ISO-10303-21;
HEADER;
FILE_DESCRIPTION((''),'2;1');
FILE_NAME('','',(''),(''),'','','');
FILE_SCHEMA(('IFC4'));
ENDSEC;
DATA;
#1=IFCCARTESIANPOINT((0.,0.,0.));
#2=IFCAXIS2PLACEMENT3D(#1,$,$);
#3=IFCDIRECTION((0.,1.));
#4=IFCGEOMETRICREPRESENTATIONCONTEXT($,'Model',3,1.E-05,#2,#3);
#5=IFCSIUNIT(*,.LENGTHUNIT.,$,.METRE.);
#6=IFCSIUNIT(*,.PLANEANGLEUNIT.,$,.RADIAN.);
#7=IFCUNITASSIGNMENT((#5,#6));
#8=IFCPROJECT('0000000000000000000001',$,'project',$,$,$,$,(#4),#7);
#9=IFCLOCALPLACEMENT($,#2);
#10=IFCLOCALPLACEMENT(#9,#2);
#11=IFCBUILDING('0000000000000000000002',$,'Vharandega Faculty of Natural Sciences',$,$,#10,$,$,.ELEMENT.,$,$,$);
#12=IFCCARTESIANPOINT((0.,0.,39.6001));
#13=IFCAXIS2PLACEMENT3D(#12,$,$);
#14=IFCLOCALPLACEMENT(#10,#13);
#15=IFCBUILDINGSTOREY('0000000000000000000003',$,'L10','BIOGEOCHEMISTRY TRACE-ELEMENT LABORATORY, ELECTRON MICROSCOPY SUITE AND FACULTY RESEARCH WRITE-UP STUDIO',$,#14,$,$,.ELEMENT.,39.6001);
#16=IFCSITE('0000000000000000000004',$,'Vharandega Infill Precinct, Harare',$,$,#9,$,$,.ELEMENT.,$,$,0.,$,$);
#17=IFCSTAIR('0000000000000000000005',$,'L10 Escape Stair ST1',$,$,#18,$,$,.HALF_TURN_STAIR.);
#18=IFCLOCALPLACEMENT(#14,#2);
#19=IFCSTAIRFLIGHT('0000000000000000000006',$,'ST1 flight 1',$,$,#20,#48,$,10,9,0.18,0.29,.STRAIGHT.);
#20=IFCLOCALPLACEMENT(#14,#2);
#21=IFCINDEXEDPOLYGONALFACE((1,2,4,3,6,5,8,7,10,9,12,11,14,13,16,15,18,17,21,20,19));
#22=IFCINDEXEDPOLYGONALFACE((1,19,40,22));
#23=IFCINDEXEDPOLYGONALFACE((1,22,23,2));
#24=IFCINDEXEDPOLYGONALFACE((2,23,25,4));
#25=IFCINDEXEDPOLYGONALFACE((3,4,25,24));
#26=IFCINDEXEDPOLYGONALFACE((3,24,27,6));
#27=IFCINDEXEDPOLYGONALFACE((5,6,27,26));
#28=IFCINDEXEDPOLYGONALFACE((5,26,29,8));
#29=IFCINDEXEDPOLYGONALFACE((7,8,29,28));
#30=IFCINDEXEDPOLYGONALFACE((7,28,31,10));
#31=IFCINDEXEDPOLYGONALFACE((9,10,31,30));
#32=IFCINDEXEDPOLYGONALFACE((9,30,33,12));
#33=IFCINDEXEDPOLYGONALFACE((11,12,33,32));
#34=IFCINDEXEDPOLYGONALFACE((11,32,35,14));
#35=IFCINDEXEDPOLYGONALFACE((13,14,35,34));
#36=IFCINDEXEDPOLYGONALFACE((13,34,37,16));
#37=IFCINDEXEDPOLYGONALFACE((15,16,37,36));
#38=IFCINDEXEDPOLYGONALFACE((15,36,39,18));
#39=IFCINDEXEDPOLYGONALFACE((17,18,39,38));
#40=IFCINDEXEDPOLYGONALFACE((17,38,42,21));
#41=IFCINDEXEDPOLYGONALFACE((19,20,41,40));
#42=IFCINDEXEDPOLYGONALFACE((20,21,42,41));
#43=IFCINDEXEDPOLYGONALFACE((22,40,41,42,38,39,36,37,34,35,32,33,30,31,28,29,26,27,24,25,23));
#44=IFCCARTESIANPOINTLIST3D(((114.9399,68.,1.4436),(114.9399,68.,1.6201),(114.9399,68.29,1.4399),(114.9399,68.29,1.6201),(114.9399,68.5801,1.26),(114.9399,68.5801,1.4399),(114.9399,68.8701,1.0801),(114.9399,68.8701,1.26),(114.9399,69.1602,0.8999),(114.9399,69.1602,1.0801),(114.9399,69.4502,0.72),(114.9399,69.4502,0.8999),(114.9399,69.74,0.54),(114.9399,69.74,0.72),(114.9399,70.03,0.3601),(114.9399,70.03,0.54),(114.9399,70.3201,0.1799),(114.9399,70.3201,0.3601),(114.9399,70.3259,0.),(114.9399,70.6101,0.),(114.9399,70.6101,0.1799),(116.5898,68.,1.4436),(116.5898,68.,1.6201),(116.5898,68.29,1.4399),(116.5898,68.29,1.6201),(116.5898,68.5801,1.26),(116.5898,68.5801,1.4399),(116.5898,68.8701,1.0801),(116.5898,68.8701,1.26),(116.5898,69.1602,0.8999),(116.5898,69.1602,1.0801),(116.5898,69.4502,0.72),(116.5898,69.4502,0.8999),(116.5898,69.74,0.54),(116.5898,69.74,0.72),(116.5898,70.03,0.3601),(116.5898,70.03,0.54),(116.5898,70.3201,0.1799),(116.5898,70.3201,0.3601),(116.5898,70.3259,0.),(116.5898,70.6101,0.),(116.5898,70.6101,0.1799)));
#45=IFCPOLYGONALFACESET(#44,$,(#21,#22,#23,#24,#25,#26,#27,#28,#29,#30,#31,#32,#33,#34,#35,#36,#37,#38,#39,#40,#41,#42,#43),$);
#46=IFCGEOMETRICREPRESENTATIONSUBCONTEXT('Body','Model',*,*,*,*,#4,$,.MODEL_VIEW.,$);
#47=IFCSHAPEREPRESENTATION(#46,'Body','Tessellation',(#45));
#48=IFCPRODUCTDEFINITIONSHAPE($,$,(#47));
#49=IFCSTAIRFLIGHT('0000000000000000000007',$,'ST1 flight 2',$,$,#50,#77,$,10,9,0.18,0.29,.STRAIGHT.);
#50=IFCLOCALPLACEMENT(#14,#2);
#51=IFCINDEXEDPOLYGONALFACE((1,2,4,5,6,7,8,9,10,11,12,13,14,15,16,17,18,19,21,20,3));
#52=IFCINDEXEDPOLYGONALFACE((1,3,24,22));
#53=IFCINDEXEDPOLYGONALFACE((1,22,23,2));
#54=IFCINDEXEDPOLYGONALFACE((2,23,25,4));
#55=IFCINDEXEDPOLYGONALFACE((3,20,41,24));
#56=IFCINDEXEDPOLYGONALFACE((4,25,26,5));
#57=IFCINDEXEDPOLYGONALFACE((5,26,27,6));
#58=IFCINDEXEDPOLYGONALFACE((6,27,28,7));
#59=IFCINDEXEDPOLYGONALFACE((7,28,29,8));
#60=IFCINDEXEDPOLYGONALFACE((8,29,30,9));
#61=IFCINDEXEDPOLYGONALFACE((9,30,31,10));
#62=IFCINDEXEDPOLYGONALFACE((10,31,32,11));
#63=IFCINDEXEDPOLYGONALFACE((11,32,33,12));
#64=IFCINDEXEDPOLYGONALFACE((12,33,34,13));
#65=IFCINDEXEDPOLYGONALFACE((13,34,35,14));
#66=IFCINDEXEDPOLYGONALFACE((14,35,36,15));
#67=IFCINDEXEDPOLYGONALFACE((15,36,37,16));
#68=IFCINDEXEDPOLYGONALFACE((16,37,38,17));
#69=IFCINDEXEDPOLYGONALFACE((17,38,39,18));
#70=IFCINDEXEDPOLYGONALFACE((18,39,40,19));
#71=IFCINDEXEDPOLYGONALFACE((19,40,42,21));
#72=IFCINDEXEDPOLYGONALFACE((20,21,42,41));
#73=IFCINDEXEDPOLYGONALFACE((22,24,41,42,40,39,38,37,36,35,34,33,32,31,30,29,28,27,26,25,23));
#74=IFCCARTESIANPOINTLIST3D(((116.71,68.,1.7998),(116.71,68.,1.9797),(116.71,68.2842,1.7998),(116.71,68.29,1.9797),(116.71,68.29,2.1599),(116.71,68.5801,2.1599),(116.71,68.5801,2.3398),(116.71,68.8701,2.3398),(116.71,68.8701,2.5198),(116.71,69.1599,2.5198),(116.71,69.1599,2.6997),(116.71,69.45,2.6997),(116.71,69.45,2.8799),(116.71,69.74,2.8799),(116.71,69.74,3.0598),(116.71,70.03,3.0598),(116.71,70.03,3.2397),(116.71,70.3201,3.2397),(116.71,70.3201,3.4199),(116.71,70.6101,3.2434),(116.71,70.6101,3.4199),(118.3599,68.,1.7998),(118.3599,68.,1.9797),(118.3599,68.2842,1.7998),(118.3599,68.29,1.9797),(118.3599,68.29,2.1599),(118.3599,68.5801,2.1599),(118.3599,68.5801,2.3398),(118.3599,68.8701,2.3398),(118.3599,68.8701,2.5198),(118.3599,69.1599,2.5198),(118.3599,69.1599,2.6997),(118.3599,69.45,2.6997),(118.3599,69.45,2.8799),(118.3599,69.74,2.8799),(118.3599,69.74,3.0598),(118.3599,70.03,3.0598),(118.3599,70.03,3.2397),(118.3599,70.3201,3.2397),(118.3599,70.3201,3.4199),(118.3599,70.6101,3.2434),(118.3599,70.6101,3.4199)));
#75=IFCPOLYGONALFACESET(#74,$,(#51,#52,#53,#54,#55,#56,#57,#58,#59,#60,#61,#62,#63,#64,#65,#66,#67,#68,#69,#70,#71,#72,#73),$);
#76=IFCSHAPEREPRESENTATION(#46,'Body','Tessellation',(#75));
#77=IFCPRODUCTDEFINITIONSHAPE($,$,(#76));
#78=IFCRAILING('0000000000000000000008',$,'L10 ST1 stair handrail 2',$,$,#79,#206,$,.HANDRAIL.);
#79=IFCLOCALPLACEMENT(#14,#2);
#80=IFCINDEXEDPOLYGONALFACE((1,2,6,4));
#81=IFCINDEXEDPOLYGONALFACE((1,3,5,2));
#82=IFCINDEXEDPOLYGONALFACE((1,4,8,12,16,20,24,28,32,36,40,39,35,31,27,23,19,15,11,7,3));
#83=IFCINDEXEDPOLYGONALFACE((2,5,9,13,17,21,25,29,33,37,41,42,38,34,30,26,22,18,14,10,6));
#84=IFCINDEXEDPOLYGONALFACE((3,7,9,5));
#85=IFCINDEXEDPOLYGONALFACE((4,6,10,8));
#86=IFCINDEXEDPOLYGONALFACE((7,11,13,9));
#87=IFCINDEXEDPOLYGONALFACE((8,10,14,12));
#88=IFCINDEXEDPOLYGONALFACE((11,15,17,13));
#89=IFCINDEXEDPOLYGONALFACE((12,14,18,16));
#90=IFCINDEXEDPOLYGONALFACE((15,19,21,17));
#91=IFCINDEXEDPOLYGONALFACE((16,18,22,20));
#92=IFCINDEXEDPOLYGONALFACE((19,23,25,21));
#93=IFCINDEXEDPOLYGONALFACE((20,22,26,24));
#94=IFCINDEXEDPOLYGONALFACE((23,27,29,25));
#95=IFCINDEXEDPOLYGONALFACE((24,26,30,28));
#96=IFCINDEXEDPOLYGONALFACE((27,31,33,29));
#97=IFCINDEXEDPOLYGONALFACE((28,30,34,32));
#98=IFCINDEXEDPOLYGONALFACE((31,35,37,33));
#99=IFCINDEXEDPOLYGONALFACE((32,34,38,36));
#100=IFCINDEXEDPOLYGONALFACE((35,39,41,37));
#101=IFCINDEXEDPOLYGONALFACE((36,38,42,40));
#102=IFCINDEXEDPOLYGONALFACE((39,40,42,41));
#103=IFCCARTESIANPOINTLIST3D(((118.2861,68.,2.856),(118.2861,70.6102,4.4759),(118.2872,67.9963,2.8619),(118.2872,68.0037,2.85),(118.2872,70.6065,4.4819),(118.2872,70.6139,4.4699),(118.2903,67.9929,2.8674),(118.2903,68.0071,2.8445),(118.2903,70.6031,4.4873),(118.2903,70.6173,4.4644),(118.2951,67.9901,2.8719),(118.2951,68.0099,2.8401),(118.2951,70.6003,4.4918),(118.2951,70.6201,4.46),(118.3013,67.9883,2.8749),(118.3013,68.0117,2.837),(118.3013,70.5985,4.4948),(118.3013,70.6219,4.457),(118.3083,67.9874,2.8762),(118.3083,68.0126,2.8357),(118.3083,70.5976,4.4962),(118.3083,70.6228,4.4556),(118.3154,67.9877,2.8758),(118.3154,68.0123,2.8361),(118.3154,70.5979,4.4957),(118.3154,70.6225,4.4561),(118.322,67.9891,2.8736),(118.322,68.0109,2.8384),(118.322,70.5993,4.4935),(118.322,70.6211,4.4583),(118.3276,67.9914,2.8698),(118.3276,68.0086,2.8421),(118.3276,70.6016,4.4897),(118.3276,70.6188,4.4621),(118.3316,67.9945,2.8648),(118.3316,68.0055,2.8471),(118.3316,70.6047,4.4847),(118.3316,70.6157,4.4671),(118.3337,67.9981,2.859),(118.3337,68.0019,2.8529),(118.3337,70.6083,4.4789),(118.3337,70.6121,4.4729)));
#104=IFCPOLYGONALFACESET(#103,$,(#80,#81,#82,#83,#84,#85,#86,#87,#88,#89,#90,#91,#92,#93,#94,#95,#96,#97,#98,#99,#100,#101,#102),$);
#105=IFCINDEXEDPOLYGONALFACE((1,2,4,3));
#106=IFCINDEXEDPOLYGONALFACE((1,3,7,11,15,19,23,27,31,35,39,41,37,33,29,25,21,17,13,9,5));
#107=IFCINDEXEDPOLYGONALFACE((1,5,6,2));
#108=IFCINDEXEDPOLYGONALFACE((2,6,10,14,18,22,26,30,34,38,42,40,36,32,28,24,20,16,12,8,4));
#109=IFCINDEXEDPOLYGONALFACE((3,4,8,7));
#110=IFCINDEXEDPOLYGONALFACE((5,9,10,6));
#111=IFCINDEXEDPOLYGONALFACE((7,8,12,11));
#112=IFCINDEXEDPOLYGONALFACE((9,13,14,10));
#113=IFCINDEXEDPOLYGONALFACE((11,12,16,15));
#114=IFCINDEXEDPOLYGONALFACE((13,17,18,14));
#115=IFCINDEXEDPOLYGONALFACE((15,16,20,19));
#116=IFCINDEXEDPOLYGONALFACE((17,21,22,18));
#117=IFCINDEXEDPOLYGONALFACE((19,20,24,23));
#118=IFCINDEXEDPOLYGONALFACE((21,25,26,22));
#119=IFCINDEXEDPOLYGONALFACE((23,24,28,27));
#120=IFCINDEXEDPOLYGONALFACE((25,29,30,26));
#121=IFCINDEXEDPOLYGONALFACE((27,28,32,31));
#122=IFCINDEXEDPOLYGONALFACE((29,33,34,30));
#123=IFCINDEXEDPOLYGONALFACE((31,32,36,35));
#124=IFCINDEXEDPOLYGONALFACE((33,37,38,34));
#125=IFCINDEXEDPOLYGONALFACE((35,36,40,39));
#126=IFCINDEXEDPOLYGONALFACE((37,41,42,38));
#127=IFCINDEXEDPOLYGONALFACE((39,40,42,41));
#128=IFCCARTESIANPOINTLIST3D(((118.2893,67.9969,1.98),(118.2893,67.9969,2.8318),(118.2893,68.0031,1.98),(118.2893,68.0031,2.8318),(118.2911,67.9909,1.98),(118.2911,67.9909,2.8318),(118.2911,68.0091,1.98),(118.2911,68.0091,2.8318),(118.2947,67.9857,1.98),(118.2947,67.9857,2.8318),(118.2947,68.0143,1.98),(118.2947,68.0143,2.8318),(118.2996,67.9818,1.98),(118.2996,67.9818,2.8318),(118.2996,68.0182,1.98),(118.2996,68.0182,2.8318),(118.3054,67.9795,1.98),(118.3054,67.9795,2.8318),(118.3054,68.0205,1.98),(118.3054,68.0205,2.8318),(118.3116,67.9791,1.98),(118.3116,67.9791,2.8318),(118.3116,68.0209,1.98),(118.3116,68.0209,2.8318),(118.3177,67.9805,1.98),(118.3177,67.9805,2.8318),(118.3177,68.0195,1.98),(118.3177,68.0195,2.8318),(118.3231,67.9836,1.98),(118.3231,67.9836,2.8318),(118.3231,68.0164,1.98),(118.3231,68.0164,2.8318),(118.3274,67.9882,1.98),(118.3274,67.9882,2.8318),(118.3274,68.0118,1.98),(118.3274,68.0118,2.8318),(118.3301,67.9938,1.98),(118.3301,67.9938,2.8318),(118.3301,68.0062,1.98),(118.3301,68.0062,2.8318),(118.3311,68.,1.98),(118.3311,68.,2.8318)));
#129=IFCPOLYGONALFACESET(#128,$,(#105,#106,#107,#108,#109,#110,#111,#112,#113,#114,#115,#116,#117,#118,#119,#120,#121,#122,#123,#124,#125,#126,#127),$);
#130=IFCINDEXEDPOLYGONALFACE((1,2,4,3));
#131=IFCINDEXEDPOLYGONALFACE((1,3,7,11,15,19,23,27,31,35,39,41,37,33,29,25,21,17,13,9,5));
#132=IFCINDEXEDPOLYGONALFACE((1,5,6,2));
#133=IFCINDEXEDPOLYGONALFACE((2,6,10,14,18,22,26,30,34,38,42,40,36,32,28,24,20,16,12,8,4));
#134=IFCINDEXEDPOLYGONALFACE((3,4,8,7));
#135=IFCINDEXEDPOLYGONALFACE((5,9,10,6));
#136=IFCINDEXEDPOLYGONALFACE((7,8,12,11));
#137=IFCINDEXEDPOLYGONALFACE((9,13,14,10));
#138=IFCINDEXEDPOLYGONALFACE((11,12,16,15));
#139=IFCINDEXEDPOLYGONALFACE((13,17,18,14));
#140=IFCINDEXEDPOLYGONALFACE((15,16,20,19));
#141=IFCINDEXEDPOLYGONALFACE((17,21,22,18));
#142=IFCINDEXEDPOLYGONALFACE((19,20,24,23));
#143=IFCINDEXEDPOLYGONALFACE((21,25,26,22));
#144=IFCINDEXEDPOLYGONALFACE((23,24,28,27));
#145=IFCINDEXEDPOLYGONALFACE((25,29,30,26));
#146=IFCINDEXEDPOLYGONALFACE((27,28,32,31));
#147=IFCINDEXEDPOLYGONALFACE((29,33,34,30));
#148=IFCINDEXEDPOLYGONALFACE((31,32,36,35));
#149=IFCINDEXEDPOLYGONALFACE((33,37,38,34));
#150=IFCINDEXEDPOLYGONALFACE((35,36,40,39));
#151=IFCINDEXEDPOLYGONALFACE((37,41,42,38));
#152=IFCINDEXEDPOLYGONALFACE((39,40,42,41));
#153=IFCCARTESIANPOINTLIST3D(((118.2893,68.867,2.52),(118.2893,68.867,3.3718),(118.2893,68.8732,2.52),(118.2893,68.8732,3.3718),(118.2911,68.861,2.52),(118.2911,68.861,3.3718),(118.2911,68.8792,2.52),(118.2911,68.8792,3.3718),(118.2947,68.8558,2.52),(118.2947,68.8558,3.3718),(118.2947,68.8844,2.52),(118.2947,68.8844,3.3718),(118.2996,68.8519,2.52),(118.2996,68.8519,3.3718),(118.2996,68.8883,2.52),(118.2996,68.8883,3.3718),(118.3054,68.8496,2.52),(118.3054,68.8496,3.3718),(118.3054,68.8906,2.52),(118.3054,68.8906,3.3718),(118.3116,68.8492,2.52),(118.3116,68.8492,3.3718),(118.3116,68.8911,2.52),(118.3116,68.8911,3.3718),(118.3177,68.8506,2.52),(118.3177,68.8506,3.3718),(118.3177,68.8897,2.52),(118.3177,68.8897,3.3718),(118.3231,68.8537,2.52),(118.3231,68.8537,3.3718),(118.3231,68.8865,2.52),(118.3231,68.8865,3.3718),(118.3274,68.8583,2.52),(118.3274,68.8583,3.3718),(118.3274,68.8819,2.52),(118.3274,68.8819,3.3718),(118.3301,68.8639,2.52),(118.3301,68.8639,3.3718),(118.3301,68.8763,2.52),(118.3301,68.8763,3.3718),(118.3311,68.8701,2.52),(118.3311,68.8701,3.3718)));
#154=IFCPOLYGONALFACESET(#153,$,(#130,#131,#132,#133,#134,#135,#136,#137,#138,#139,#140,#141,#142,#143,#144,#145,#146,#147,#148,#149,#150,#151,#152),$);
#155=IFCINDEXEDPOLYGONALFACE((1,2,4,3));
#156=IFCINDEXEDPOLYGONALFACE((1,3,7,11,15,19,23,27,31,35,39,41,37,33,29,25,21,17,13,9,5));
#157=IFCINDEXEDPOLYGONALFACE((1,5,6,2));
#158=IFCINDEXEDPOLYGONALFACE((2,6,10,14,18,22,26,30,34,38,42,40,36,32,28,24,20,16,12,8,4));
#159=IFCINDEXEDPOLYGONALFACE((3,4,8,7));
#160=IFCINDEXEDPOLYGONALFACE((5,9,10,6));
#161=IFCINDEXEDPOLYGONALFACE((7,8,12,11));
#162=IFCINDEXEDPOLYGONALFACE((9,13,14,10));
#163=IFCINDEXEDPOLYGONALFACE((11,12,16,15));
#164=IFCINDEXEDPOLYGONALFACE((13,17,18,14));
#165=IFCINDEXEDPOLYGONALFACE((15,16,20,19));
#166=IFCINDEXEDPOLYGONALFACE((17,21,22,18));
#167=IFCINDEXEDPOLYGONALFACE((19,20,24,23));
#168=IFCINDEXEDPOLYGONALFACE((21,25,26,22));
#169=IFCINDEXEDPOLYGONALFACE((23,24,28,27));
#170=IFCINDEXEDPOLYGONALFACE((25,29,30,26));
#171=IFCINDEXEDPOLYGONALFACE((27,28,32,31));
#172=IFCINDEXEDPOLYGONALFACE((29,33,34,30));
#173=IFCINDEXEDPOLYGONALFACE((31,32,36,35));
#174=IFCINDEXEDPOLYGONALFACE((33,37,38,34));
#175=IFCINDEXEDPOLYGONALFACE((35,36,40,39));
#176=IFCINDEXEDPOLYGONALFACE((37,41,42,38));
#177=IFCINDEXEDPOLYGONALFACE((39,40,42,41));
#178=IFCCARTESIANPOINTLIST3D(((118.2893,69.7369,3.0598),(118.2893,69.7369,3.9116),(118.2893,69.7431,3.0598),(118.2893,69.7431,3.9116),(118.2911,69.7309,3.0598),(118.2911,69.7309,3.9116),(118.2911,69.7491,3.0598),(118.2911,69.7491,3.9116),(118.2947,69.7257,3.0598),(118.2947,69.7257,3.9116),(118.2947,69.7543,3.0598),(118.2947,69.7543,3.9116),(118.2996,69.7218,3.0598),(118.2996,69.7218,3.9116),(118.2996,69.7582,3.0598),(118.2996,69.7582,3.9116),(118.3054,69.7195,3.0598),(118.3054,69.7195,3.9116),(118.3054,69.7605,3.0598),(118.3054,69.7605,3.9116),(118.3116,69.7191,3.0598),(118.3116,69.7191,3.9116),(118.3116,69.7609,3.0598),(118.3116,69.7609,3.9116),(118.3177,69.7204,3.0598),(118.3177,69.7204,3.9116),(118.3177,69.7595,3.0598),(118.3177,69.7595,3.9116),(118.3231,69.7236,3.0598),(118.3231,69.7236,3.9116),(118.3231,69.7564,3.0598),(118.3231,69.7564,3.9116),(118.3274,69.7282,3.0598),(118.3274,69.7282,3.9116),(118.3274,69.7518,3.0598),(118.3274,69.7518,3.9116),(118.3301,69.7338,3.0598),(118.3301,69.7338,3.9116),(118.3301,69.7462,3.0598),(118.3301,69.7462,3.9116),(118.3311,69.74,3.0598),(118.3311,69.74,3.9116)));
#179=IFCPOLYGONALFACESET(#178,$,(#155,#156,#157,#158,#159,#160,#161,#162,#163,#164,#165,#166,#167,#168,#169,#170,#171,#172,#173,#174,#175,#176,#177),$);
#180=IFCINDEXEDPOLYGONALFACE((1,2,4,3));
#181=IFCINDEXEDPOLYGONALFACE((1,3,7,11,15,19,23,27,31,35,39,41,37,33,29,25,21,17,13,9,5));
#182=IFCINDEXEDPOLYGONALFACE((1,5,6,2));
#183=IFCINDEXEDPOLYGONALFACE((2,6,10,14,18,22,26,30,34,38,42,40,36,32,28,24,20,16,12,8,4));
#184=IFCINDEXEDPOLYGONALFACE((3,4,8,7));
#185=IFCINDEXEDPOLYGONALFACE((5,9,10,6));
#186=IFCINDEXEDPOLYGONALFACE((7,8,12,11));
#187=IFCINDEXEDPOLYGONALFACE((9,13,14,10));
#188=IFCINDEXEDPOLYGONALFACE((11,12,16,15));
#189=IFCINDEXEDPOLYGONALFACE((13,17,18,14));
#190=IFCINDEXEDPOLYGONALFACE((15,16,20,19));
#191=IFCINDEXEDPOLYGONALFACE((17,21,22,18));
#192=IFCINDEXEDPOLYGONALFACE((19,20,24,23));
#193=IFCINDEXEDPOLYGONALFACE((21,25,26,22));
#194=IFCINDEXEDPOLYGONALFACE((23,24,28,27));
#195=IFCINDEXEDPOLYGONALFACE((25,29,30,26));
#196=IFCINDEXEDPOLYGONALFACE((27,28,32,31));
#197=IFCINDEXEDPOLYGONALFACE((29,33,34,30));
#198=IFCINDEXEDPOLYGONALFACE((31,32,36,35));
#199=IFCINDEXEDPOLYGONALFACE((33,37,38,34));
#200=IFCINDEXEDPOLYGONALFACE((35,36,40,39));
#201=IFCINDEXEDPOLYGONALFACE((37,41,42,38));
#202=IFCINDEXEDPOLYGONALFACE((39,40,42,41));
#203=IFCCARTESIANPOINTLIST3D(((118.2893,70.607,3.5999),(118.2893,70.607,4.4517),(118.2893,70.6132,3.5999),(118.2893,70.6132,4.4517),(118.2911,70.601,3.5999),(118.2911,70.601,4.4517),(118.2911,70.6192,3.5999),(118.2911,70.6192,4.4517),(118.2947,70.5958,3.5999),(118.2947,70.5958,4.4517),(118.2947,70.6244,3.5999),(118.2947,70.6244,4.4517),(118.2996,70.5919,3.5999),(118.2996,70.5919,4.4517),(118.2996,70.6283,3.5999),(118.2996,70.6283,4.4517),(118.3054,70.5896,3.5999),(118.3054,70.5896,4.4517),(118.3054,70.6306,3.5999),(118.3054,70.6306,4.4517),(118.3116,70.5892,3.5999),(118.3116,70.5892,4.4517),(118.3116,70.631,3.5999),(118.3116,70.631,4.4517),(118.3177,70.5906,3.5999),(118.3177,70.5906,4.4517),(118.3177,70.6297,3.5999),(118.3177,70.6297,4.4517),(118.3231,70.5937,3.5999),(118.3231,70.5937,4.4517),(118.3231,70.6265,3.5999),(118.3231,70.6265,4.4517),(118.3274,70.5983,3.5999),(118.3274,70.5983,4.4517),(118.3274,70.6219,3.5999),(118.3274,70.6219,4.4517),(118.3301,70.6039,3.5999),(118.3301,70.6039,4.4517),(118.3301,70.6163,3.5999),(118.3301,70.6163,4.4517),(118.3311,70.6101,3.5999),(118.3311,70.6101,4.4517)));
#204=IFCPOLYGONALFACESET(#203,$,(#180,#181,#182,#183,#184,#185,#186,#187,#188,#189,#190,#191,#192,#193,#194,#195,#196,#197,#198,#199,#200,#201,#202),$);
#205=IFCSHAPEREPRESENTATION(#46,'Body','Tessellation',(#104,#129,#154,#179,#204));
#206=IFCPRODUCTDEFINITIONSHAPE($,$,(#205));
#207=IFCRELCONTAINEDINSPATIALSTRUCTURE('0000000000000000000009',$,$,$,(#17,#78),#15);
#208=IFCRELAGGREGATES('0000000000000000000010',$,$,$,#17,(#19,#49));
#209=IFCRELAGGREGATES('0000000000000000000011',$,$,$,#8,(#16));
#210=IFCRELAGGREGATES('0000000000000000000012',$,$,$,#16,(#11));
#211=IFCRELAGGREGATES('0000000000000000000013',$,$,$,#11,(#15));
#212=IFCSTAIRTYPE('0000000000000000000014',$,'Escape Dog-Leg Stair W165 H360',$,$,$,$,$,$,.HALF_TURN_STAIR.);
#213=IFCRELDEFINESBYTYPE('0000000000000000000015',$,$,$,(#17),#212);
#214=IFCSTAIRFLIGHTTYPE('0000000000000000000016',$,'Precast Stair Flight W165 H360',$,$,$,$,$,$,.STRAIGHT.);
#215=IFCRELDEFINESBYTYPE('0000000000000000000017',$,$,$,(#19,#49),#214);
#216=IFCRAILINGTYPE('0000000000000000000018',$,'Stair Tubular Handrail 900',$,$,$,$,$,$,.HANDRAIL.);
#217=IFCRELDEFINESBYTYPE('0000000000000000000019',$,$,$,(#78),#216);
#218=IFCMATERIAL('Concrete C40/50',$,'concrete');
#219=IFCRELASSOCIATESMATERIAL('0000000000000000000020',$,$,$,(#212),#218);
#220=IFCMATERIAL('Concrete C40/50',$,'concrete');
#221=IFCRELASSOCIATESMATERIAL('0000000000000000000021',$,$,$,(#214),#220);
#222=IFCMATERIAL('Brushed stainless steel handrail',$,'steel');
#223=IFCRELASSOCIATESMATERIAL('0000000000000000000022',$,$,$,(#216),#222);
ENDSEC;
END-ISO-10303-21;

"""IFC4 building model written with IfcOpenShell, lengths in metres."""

from ifc_helpers import new_model, si_unit, direction, frame, origin, origin_2d, place, context, subcontext, project, spatial, polyline, circle, outline, extrude, material, type_object, element, aggregate, save


model = new_model("IFC4")

# Units and contexts
model_context = context("Model", 3, precision=1e-05, world=origin(), true_north=direction((0.0, 1.0)))
body_context = subcontext(model_context, "Body", "Model", "MODEL_VIEW")
ifc_project = project(units=[si_unit("LENGTHUNIT", "METRE"), si_unit("PLANEANGLEUNIT", "RADIAN")], contexts=[model_context])

# Site, building, storey
site_placement = place(None, origin())
site = spatial("IfcSite", under=ifc_project, at=site_placement, Name="Vharandega Infill Precinct, Harare", CompositionType="ELEMENT", RefElevation=0.0)
building_placement = place(site_placement, origin())
building = spatial("IfcBuilding", under=site, at=building_placement, Name="Vharandega Faculty of Natural Sciences", CompositionType="ELEMENT")
storey_placement = place(building_placement, frame((0.0, 0.0, 39.6001)))
storey = spatial("IfcBuildingStorey", under=building, at=storey_placement, Name="L10", Description="BIOGEOCHEMISTRY TRACE-ELEMENT LABORATORY, ELECTRON MICROSCOPY SUITE AND FACULTY RESEARCH WRITE-UP STUDIO", CompositionType="ELEMENT", Elevation=39.6001)

# Stair, stair flights
ifc_material_1 = material(Name="Concrete C40/50", Category="concrete")
stair_type = type_object("IfcStairType", Name="Escape Dog-Leg Stair W165 H360", PredefinedType="HALF_TURN_STAIR", material=ifc_material_1)
stair_placement = place(storey_placement, origin())
stair = element("IfcStair", 1, at=stair_placement, inside=storey, type_object=stair_type, Name="L10 Escape Stair ST1", PredefinedType="HALF_TURN_STAIR")
ifc_material_2 = material(Name="Concrete C40/50", Category="concrete")
stair_flight_type = type_object("IfcStairFlightType", Name="Precast Stair Flight W165 H360", PredefinedType="STRAIGHT", material=ifc_material_2)
stair_flight_1_placement = place(storey_placement, frame((115.7649, 70.6101, 0.0), z_axis=(0.0, 0.0, 1.0), x_axis=(0.0, -1.0, 0.0)))
stair_flight_1 = element("IfcStairFlight", 2, at=stair_flight_1_placement, type_object=stair_flight_type, Name="ST1 flight 1", NumberOfRisers=10, NumberOfTreads=9, PredefinedType="STRAIGHT", RiserHeight=0.18, TreadLength=0.29, context=body_context, shape_type="SweptSolid", body=[
    extrude(outline(polyline([(0.0, 0.0), (0.0, 0.1799), (0.29, 0.1799), (0.29, 0.3601), (0.5801, 0.3601), (0.5801, 0.54), (0.8701, 0.54), (0.8701, 0.72), (1.1599, 0.72), (1.1599, 0.8999), (1.45, 0.8999), (1.45, 1.0801), (1.74, 1.0801), (1.74, 1.26), (2.03, 1.26), (2.03, 1.4399), (2.3201, 1.4399), (2.3201, 1.6201), (2.6101, 1.6201), (2.6101, 1.8), (2.6101, 1.4436), (0.2842, 0.0), (0.0, 0.0)])), frame((0.0, 0.825, 0.0), z_axis=(0.0, -1.0, 0.0), x_axis=(1.0, 0.0, 0.0)), (0.0, 0.0, 1.0), 1.6499),
])
stair_flight_2_placement = place(storey_placement, frame((117.5349, 68.0, 1.7998), z_axis=(0.0, 0.0, 1.0), x_axis=(0.0, 1.0, 0.0)))
stair_flight_2 = element("IfcStairFlight", 3, at=stair_flight_2_placement, type_object=stair_flight_type, Name="ST1 flight 2", NumberOfRisers=10, NumberOfTreads=9, PredefinedType="STRAIGHT", RiserHeight=0.18, TreadLength=0.29, context=body_context, shape_type="SweptSolid", body=[
    extrude(outline(polyline([(0.0, 0.0), (0.0, 0.1799), (0.29, 0.1799), (0.29, 0.3601), (0.5801, 0.3601), (0.5801, 0.54), (0.8701, 0.54), (0.8701, 0.72), (1.1599, 0.72), (1.1599, 0.8999), (1.45, 0.8999), (1.45, 1.0801), (1.74, 1.0801), (1.74, 1.26), (2.03, 1.26), (2.03, 1.4399), (2.3201, 1.4399), (2.3201, 1.6201), (2.6101, 1.6201), (2.6101, 1.8), (2.6101, 1.4436), (0.2842, 0.0), (0.0, 0.0)])), frame((0.0, 0.825, 0.0), z_axis=(0.0, -1.0, 0.0), x_axis=(1.0, 0.0, 0.0)), (0.0, 0.0, 1.0), 1.6499),
])
aggregate(stair, [stair_flight_1, stair_flight_2])

# Railing
ifc_material_3 = material(Name="Brushed stainless steel handrail", Category="steel")
railing_type_1 = type_object("IfcRailingType", Name="Stair Tubular Handrail 900", PredefinedType="HANDRAIL", material=ifc_material_3)
railing_1_placement = place(storey_placement, frame((118.3101, 68.0, 1.98)))
element("IfcRailing", 4, at=railing_1_placement, inside=storey, type_object=railing_type_1, Name="L10 ST1 stair handrail 2", PredefinedType="HANDRAIL", context=body_context, shape_type="SweptSolid", body=[
    extrude(circle(Radius=0.0239, at=origin_2d()), frame((0.0, 0.0, 0.876), z_axis=(0.0, 0.849668, 0.527317), x_axis=(-1.0, 0.0, 0.0)), (0.0, 0.0, 1.0), 3.072),
    extrude(circle(Radius=0.021, at=origin_2d()), origin(), (0.0, 0.0, 1.0), 0.8518),
    extrude(circle(Radius=0.021, at=origin_2d()), frame((0.0, 0.8701, 0.54)), (0.0, 0.0, 1.0), 0.8518),
    extrude(circle(Radius=0.021, at=origin_2d()), frame((0.0, 1.74, 1.0798)), (0.0, 0.0, 1.0), 0.8518),
    extrude(circle(Radius=0.021, at=origin_2d()), frame((0.0, 2.6101, 1.6199)), (0.0, 0.0, 1.0), 0.8518),
])

save(model, "model.ifc")
